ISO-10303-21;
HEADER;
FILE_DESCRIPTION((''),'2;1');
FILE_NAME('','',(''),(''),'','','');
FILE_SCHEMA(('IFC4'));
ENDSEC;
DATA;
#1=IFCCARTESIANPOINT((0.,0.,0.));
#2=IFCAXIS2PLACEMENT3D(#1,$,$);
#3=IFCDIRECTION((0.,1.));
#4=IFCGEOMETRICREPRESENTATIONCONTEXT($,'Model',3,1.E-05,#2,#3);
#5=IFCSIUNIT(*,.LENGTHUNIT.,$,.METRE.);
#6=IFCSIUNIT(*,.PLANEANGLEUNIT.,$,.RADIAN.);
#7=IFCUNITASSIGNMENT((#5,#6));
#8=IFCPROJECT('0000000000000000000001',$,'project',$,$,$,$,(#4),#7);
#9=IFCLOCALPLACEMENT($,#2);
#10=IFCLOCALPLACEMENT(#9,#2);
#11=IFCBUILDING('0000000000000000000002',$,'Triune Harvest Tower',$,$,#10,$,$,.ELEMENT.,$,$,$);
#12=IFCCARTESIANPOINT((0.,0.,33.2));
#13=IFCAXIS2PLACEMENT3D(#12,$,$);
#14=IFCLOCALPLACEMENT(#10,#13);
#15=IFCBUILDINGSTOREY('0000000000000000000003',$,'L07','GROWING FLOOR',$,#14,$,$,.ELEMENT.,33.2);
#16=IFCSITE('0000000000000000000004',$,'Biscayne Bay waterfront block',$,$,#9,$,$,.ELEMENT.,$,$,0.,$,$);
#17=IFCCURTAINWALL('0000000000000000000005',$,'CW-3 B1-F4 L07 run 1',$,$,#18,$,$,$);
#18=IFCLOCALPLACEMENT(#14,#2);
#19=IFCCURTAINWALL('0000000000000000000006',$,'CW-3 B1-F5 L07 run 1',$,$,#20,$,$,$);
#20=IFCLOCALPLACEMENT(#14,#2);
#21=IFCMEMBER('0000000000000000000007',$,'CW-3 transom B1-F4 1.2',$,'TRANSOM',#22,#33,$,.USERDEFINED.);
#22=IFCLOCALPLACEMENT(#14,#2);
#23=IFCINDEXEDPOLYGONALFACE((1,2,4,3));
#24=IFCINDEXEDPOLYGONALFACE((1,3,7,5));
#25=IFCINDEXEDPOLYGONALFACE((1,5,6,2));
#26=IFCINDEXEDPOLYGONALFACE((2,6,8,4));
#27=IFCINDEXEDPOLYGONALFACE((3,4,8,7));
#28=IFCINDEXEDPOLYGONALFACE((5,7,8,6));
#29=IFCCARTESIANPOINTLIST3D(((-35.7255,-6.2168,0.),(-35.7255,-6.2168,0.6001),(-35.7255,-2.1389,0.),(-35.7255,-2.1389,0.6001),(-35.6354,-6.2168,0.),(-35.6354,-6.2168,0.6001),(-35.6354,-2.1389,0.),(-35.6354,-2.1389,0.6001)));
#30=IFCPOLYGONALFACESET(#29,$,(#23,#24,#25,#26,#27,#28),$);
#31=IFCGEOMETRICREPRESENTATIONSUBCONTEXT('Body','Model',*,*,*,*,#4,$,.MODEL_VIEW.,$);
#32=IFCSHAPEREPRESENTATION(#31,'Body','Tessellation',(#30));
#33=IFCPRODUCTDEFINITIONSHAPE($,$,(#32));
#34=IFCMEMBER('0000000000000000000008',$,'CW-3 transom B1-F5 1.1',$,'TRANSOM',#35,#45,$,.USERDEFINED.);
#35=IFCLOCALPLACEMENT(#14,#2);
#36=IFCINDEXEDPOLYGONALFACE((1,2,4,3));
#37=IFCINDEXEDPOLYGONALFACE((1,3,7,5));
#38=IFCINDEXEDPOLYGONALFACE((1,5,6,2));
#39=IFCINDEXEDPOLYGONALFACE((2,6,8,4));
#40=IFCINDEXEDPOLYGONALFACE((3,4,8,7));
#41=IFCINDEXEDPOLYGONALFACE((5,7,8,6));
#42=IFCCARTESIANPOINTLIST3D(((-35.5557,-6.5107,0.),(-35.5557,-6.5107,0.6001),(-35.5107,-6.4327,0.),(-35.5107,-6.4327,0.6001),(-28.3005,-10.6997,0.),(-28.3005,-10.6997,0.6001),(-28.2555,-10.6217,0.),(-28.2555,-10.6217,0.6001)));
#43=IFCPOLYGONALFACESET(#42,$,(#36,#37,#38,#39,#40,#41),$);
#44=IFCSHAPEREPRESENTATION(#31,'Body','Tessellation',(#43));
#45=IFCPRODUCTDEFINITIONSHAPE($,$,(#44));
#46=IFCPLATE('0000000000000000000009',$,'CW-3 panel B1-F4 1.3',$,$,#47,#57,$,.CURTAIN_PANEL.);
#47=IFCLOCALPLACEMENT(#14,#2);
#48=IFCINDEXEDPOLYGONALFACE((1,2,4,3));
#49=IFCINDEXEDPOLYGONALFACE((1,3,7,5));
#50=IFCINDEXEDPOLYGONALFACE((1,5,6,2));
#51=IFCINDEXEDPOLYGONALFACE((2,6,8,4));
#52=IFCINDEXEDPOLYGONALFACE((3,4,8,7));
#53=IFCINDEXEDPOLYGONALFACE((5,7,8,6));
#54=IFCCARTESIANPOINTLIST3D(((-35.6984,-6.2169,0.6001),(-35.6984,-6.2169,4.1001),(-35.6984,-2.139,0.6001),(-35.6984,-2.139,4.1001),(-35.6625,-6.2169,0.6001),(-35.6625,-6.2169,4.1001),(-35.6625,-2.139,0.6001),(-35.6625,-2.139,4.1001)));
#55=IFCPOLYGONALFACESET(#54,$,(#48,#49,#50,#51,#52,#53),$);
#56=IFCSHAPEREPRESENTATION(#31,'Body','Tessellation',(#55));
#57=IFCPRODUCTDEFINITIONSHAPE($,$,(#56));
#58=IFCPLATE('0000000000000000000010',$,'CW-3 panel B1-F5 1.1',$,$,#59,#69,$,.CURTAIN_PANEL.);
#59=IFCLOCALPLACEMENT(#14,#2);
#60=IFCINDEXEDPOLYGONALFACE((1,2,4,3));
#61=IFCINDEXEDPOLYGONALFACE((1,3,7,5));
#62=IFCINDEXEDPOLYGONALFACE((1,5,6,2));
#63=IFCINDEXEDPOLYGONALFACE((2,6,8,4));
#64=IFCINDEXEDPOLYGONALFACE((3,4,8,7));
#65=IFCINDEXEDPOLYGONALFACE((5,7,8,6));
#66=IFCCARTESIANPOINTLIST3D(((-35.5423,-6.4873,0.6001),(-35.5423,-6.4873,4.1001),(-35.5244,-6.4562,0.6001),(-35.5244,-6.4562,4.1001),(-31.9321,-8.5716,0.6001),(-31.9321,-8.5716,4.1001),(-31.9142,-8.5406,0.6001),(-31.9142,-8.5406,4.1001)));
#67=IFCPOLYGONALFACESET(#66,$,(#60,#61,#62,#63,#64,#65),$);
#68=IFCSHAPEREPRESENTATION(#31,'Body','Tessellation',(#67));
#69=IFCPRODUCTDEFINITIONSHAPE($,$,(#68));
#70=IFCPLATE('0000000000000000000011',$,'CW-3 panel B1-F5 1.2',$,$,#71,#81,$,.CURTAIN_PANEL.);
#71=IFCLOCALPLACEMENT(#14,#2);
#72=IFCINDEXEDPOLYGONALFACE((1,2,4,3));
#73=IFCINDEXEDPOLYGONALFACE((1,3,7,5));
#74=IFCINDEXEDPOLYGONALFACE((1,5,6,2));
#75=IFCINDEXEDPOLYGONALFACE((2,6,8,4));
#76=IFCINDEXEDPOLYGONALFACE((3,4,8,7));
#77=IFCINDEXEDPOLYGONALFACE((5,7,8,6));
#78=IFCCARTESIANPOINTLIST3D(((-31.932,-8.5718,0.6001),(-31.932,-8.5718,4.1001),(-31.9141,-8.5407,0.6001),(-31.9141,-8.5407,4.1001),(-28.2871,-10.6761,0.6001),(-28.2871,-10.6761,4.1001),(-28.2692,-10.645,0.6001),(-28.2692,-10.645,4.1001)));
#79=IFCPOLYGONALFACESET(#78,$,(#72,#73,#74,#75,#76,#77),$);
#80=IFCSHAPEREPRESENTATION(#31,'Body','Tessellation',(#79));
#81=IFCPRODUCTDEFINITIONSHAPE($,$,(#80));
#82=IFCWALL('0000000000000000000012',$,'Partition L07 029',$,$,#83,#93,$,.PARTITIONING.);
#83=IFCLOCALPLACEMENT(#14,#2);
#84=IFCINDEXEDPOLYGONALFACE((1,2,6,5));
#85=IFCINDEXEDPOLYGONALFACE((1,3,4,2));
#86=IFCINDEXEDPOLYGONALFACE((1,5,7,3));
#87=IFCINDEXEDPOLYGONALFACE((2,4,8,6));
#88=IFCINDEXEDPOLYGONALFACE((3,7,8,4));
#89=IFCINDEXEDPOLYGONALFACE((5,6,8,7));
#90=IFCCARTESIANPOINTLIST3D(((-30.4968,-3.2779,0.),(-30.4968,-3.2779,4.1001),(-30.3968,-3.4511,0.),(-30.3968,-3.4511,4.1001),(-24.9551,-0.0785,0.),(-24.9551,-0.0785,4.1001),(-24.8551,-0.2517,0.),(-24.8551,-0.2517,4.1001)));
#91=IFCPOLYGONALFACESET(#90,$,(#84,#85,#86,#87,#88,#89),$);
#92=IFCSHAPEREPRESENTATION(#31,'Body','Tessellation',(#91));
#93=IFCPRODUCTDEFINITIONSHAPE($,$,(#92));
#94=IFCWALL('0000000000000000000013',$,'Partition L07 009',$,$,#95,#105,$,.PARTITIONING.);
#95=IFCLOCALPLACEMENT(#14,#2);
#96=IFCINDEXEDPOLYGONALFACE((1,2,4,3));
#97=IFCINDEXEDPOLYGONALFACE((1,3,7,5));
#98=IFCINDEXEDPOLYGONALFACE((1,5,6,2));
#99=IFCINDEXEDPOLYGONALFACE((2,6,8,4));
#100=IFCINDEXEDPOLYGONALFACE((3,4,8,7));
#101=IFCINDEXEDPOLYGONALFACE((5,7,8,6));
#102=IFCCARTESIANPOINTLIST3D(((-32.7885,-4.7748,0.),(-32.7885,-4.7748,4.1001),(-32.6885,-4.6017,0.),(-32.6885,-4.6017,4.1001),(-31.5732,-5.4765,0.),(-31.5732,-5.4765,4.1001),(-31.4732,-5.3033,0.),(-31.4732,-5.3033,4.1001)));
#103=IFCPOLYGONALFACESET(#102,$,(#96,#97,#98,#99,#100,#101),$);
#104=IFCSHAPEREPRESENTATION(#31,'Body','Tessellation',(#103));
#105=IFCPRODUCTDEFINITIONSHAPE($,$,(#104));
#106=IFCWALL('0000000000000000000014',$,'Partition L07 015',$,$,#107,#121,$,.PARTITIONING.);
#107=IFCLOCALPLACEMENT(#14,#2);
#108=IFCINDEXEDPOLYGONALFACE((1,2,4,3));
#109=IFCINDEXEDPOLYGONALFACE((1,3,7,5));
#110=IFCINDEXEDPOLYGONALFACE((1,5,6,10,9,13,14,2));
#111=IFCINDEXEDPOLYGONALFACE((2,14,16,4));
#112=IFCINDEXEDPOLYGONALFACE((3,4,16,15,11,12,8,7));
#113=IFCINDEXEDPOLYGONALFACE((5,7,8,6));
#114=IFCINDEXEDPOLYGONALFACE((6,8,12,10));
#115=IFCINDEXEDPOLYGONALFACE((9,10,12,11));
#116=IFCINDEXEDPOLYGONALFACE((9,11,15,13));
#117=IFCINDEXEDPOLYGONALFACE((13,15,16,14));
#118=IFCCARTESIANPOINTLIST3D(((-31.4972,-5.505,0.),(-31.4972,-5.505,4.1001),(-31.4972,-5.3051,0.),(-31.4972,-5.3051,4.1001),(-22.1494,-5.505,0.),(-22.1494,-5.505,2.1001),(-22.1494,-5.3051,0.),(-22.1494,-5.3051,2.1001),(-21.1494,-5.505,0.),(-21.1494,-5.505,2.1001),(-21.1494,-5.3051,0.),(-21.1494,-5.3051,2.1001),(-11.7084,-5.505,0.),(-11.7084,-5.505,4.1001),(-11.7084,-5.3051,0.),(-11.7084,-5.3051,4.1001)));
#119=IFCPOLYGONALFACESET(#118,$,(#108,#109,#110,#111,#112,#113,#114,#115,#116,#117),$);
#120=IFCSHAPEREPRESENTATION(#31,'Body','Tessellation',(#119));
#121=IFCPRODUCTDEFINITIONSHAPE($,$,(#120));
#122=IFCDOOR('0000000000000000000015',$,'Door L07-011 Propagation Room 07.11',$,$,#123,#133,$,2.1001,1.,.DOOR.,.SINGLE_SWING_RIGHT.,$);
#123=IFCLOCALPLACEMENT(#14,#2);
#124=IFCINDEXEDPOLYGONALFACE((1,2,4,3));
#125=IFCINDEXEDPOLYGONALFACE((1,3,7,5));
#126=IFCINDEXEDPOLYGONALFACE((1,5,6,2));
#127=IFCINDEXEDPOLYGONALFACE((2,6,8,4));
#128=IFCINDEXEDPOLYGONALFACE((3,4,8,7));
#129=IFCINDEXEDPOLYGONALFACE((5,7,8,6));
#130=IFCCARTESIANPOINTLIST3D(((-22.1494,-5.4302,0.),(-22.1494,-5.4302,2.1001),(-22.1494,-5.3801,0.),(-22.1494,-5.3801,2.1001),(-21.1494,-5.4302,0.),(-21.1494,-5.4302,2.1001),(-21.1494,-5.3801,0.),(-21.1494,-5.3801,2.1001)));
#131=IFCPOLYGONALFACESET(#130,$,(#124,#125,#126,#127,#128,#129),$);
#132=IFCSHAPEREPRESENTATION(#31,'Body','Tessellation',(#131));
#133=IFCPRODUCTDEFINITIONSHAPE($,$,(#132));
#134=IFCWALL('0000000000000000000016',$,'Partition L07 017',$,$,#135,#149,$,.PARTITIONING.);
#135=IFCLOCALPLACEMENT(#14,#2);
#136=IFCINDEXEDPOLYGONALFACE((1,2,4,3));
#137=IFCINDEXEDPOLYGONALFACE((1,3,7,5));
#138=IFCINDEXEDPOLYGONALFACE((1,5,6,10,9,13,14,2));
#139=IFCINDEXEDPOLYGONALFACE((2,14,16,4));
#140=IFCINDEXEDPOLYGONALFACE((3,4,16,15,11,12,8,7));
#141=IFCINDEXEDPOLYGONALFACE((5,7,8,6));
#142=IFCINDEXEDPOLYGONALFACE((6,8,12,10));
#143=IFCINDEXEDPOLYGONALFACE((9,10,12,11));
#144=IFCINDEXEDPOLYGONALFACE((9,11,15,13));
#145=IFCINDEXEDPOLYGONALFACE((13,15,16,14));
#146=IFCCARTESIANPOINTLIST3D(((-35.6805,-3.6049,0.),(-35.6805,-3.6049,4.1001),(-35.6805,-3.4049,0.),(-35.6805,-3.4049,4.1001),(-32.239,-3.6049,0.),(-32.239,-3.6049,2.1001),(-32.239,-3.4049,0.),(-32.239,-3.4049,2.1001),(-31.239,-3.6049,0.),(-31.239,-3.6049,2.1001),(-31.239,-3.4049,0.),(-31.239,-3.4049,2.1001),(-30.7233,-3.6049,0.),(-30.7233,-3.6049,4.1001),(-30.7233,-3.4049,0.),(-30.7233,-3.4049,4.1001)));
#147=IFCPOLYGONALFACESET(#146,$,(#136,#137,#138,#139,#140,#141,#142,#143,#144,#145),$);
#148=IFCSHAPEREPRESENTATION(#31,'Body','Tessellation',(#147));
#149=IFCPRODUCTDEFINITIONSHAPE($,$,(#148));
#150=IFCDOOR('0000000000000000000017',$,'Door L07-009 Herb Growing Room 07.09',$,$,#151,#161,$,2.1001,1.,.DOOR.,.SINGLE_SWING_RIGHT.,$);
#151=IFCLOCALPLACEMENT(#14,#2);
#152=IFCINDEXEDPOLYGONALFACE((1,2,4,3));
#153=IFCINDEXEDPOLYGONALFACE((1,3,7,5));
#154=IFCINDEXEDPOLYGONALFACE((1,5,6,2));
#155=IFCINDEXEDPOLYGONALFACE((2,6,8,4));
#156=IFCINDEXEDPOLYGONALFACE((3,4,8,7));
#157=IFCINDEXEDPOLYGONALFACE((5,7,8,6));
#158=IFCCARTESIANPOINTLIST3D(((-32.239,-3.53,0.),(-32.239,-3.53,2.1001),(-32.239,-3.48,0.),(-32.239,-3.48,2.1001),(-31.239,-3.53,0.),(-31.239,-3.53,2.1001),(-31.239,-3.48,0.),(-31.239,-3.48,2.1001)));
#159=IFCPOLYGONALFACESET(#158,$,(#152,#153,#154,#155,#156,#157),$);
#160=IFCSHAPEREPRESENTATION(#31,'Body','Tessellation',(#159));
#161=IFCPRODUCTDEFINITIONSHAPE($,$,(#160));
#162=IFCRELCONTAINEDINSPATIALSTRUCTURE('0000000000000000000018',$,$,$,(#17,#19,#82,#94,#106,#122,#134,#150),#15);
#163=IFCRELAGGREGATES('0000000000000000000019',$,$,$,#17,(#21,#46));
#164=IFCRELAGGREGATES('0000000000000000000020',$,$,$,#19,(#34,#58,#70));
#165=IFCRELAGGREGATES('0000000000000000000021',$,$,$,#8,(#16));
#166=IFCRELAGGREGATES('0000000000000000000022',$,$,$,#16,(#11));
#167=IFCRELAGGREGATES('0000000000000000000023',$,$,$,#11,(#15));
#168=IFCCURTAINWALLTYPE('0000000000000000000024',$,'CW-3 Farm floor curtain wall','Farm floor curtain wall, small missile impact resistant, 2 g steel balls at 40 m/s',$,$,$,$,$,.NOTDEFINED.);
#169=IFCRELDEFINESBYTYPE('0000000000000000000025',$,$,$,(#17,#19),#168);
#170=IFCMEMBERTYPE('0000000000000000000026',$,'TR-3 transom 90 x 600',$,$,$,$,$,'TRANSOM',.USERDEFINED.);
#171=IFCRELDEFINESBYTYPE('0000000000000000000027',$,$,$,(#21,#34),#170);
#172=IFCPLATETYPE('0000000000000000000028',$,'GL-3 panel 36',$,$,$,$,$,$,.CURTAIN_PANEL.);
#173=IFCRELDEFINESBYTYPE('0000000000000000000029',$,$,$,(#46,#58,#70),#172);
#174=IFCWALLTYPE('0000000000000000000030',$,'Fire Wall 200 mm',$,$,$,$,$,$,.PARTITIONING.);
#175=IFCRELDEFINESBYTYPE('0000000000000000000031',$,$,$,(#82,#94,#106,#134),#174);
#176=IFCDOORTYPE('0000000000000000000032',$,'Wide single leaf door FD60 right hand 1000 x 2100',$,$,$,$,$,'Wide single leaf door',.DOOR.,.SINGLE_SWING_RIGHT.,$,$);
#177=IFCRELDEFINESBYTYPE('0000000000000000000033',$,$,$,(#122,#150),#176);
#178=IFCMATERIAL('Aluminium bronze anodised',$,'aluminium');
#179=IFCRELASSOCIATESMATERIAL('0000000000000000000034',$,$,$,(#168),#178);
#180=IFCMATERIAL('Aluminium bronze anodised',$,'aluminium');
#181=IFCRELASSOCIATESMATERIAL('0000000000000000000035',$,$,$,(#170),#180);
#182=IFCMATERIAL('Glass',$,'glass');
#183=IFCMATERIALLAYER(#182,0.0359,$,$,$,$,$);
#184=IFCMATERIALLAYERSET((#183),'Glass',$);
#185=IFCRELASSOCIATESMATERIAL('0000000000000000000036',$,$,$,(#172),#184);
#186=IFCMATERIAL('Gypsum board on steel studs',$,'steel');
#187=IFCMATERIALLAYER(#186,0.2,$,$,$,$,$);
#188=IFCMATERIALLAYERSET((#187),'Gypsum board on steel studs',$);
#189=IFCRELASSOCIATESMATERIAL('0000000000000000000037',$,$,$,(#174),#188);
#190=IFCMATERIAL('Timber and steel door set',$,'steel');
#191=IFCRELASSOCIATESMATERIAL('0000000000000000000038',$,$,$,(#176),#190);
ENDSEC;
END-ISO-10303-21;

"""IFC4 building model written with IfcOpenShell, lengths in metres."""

from ifc_helpers import new_model, si_unit, direction, frame, frame_2d, origin, origin_2d, place, context, subcontext, project, spatial, rectangle, extrude, source, transform, mapped, material, layer, layer_set, material_profile, profile_set, type_object, element, fill, aggregate, save


model = new_model("IFC4")

# Units and contexts
model_context = context("Model", 3, precision=1e-05, world=origin(), true_north=direction((0.0, 1.0)))
body_context = subcontext(model_context, "Body", "Model", "MODEL_VIEW")
ifc_project = project(units=[si_unit("LENGTHUNIT", "METRE"), si_unit("PLANEANGLEUNIT", "RADIAN")], contexts=[model_context])

# Site, building, storey
site_placement = place(None, origin())
site = spatial("IfcSite", under=ifc_project, at=site_placement, Name="Biscayne Bay waterfront block", CompositionType="ELEMENT", RefElevation=0.0)
building_placement = place(site_placement, origin())
building = spatial("IfcBuilding", under=site, at=building_placement, Name="Triune Harvest Tower", CompositionType="ELEMENT")
storey_placement = place(building_placement, frame((0.0, 0.0, 33.2)))
storey = spatial("IfcBuildingStorey", under=building, at=storey_placement, Name="L07", Description="GROWING FLOOR", CompositionType="ELEMENT", Elevation=33.2)

# Curtain walls
ifc_material_1 = material(Name="Aluminium bronze anodised", Category="aluminium")
curtain_wall_type = type_object("IfcCurtainWallType", Name="CW-3 Farm floor curtain wall", Description="Farm floor curtain wall, small missile impact resistant, 2 g steel balls at 40 m/s", PredefinedType="NOTDEFINED", material=ifc_material_1)
curtain_wall_1_placement = place(storey_placement, origin())
curtain_wall_1 = element("IfcCurtainWall", 1, at=curtain_wall_1_placement, inside=storey, type_object=curtain_wall_type, Name="CW-3 B1-F4 L07 run 1")
curtain_wall_2_placement = place(storey_placement, origin())
curtain_wall_2 = element("IfcCurtainWall", 2, at=curtain_wall_2_placement, inside=storey, type_object=curtain_wall_type, Name="CW-3 B1-F5 L07 run 1")

# Members
ifc_material_2 = material(Name="Aluminium bronze anodised", Category="aluminium")
ifc_material_profile_1 = material_profile(ifc_material_2, rectangle(XDim=0.0901, YDim=0.6001, at=origin_2d()), Name="TR-3 transom 90 x 600")
ifc_profile_set_1 = profile_set([ifc_material_profile_1], Name="Aluminium bronze anodised")
member_type_1 = type_object("IfcMemberType", Name="TR-3 transom 90 x 600", ElementType="TRANSOM", PredefinedType="USERDEFINED", material=ifc_profile_set_1)
shared_shape_1 = source(origin(), body_context, "Body", "SweptSolid", [
    extrude(rectangle(XDim=0.0901, YDim=0.6001, at=origin_2d()), origin(), (0.0, 0.0, 1.0), 4.0779),
])
member_1_placement = place(storey_placement, frame((-35.6804, -2.1389, 0.3), z_axis=(0.0, -1.0, 0.0), x_axis=(1.0, 0.0, 0.0)))
member_1 = element("IfcMember", 3, at=member_1_placement, type_object=member_type_1, Name="CW-3 transom B1-F4 1.2", ObjectType="TRANSOM", PredefinedType="USERDEFINED", context=body_context, shape_type="MappedRepresentation", body=[
    mapped(shared_shape_1, transform((0.0, 0.0, 0.0), scale=1.0)),
])
shared_shape_2 = source(origin(), body_context, "Body", "SweptSolid", [
    extrude(rectangle(XDim=0.0901, YDim=0.6001, at=origin_2d()), origin(), (0.0, 0.0, 1.0), 8.3777),
])
member_2_placement = place(storey_placement, frame((-35.5332, -6.4717, 0.3), z_axis=(0.866014, -0.500019, 0.0), x_axis=(0.500019, 0.866014, 0.0)))
member_2 = element("IfcMember", 4, at=member_2_placement, type_object=member_type_1, Name="CW-3 transom B1-F5 1.1", ObjectType="TRANSOM", PredefinedType="USERDEFINED", context=body_context, shape_type="MappedRepresentation", body=[
    mapped(shared_shape_2, transform((0.0, 0.0, 0.0), scale=1.0)),
])

# Plates
ifc_material_3 = material(Name="Glass", Category="glass")
ifc_layer_1 = layer(ifc_material_3, 0.0359)
ifc_layer_set_1 = layer_set([ifc_layer_1], Name="Glass")
plate_type = type_object("IfcPlateType", Name="GL-3 panel 36", PredefinedType="CURTAIN_PANEL", material=ifc_layer_set_1)
shared_shape_3 = source(origin(), body_context, "Body", "SweptSolid", [
    extrude(rectangle(XDim=4.0779, YDim=0.0359, at=origin_2d()), origin(), (0.0, 0.0, 1.0), 3.5),
])
plate_1_placement = place(storey_placement, frame((-35.6804, -4.178, 0.6001), z_axis=(0.0, 0.0, 1.0), x_axis=(0.0, -1.0, 0.0)))
plate_1 = element("IfcPlate", 5, at=plate_1_placement, type_object=plate_type, Name="CW-3 panel B1-F4 1.3", PredefinedType="CURTAIN_PANEL", context=body_context, shape_type="MappedRepresentation", body=[
    mapped(shared_shape_3, transform((0.0, 0.0, 0.0), scale=1.0)),
])
aggregate(curtain_wall_1, [member_1, plate_1])
shared_shape_4 = source(origin(), body_context, "Body", "SweptSolid", [
    extrude(rectangle(XDim=4.1687, YDim=0.0359, at=origin_2d()), origin(), (0.0, 0.0, 1.0), 3.5),
])
plate_2_placement = place(storey_placement, frame((-33.7283, -7.5139, 0.6001), z_axis=(0.0, 0.0, 1.0), x_axis=(0.866025, -0.500001, 0.0)))
plate_2 = element("IfcPlate", 6, at=plate_2_placement, type_object=plate_type, Name="CW-3 panel B1-F5 1.1", PredefinedType="CURTAIN_PANEL", context=body_context, shape_type="MappedRepresentation", body=[
    mapped(shared_shape_4, transform((0.0, 0.0, 0.0), scale=1.0)),
])
shared_shape_5 = source(origin(), body_context, "Body", "SweptSolid", [
    extrude(rectangle(XDim=4.2087, YDim=0.0359, at=origin_2d()), origin(), (0.0, 0.0, 1.0), 3.5),
])
plate_3_placement = place(storey_placement, frame((-30.1006, -9.6084, 0.6001), z_axis=(0.0, 0.0, 1.0), x_axis=(0.866025, -0.500001, 0.0)))
plate_3 = element("IfcPlate", 7, at=plate_3_placement, type_object=plate_type, Name="CW-3 panel B1-F5 1.2", PredefinedType="CURTAIN_PANEL", context=body_context, shape_type="MappedRepresentation", body=[
    mapped(shared_shape_5, transform((0.0, 0.0, 0.0), scale=1.0)),
])
aggregate(curtain_wall_2, [member_2, plate_2, plate_3])

# Walls
ifc_material_4 = material(Name="Gypsum board on steel studs", Category="steel")
ifc_layer_2 = layer(ifc_material_4, 0.2)
ifc_layer_set_2 = layer_set([ifc_layer_2], Name="Gypsum board on steel studs")
wall_type_1 = type_object("IfcWallType", Name="Fire Wall 200 mm", PredefinedType="PARTITIONING", material=ifc_layer_set_2)
wall_1_placement = place(storey_placement, frame((-30.4468, -3.3645, 0.0), z_axis=(0.0, 0.0, 1.0), x_axis=(0.86603, 0.499992, 0.0)))
element("IfcWall", 8, at=wall_1_placement, inside=storey, type_object=wall_type_1, Name="Partition L07 029", PredefinedType="PARTITIONING", context=body_context, shape_type="SweptSolid", body=[
    extrude(rectangle(XDim=6.3989, YDim=0.2, at=frame_2d((3.1995, 0.0))), origin(), (0.0, 0.0, 1.0), 4.1001),
])
shared_shape_6 = source(origin(), body_context, "Body", "SweptSolid", [
    extrude(rectangle(XDim=1.4033, YDim=0.2, at=frame_2d((0.7017, 0.0))), origin(), (0.0, 0.0, 1.0), 4.1001),
])
wall_2_placement = place(storey_placement, frame((-32.7385, -4.6882, 0.0), z_axis=(0.0, 0.0, 1.0), x_axis=(0.866029, -0.499994, 0.0)))
element("IfcWall", 9, at=wall_2_placement, inside=storey, type_object=wall_type_1, Name="Partition L07 009", PredefinedType="PARTITIONING", context=body_context, shape_type="MappedRepresentation", body=[
    mapped(shared_shape_6, transform((0.0, 0.0, 0.0), scale=1.0)),
])

# Walls, openings, doors
shared_shape_7 = source(origin(), body_context, "Body", "SweptSolid", [
    extrude(rectangle(XDim=19.7888, YDim=0.2, at=frame_2d((9.8945, 0.0))), origin(), (0.0, 0.0, 1.0), 4.1001),
])
wall_3_placement = place(storey_placement, frame((-31.4973, -5.405, 0.0), z_axis=(0.0, 0.0, 1.0), x_axis=(1.0, 0.0, 0.0)))
wall_3 = element("IfcWall", 10, at=wall_3_placement, inside=storey, type_object=wall_type_1, Name="Partition L07 015", PredefinedType="PARTITIONING", context=body_context, shape_type="MappedRepresentation", body=[
    mapped(shared_shape_7, transform((0.0, 0.0, 0.0), scale=1.0)),
])
opening_1_placement = place(wall_3_placement, frame((9.3479, 0.0, 0.0)))
opening_1 = element("IfcOpeningElement", 11, at=opening_1_placement, cuts=wall_3, PredefinedType="OPENING", context=body_context, shape_type="SweptSolid", body=[
    extrude(rectangle(XDim=1.0, YDim=2.1001, at=frame_2d((0.5, 1.05))), frame((0.0, 0.1099, 0.0), z_axis=(0.0, -1.0, 0.0), x_axis=(1.0, 0.0, 0.0)), (0.0, 0.0, 1.0), 0.22),
])
ifc_material_5 = material(Name="Timber and steel door set", Category="steel")
door_type = type_object("IfcDoorType", Name="Wide single leaf door FD60 right hand 1000 x 2100", ElementType="Wide single leaf door", OperationType="SINGLE_SWING_RIGHT", PredefinedType="DOOR", material=ifc_material_5)
door_1_placement = place(opening_1_placement, origin())
door_1 = element("IfcDoor", 12, at=door_1_placement, inside=storey, type_object=door_type, Name="Door L07-011 Propagation Room 07.11", OperationType="SINGLE_SWING_RIGHT", OverallHeight=2.1001, OverallWidth=1.0, PredefinedType="DOOR", context=body_context, shape_type="SweptSolid", body=[
    extrude(rectangle(XDim=1.0, YDim=2.1001, at=frame_2d((0.5, 1.05))), frame((0.0, 0.0249, 0.0), z_axis=(0.0, -1.0, 0.0), x_axis=(1.0, 0.0, 0.0)), (0.0, 0.0, 1.0), 0.05),
])
fill(opening_1, door_1)
shared_shape_8 = source(origin(), body_context, "Body", "SweptSolid", [
    extrude(rectangle(XDim=4.9573, YDim=0.2, at=frame_2d((2.4785, 0.0))), origin(), (0.0, 0.0, 1.0), 4.1001),
])
wall_4_placement = place(storey_placement, frame((-35.6804, -3.5049, 0.0), z_axis=(0.0, 0.0, 1.0), x_axis=(1.0, 0.0, 0.0)))
wall_4 = element("IfcWall", 13, at=wall_4_placement, inside=storey, type_object=wall_type_1, Name="Partition L07 017", PredefinedType="PARTITIONING", context=body_context, shape_type="MappedRepresentation", body=[
    mapped(shared_shape_8, transform((0.0, 0.0, 0.0), scale=1.0)),
])
opening_2_placement = place(wall_4_placement, frame((3.4414, 0.0, 0.0)))
opening_2 = element("IfcOpeningElement", 14, at=opening_2_placement, cuts=wall_4, PredefinedType="OPENING", context=body_context, shape_type="SweptSolid", body=[
    extrude(rectangle(XDim=1.0, YDim=2.1001, at=frame_2d((0.5, 1.05))), frame((0.0, 0.1099, 0.0), z_axis=(0.0, -1.0, 0.0), x_axis=(1.0, 0.0, 0.0)), (0.0, 0.0, 1.0), 0.22),
])
door_2_placement = place(opening_2_placement, origin())
door_2 = element("IfcDoor", 15, at=door_2_placement, inside=storey, type_object=door_type, Name="Door L07-009 Herb Growing Room 07.09", OperationType="SINGLE_SWING_RIGHT", OverallHeight=2.1001, OverallWidth=1.0, PredefinedType="DOOR", context=body_context, shape_type="SweptSolid", body=[
    extrude(rectangle(XDim=1.0, YDim=2.1001, at=frame_2d((0.5, 1.05))), frame((0.0, 0.0249, 0.0), z_axis=(0.0, -1.0, 0.0), x_axis=(1.0, 0.0, 0.0)), (0.0, 0.0, 1.0), 0.05),
])
fill(opening_2, door_2)

save(model, "model.ifc")
